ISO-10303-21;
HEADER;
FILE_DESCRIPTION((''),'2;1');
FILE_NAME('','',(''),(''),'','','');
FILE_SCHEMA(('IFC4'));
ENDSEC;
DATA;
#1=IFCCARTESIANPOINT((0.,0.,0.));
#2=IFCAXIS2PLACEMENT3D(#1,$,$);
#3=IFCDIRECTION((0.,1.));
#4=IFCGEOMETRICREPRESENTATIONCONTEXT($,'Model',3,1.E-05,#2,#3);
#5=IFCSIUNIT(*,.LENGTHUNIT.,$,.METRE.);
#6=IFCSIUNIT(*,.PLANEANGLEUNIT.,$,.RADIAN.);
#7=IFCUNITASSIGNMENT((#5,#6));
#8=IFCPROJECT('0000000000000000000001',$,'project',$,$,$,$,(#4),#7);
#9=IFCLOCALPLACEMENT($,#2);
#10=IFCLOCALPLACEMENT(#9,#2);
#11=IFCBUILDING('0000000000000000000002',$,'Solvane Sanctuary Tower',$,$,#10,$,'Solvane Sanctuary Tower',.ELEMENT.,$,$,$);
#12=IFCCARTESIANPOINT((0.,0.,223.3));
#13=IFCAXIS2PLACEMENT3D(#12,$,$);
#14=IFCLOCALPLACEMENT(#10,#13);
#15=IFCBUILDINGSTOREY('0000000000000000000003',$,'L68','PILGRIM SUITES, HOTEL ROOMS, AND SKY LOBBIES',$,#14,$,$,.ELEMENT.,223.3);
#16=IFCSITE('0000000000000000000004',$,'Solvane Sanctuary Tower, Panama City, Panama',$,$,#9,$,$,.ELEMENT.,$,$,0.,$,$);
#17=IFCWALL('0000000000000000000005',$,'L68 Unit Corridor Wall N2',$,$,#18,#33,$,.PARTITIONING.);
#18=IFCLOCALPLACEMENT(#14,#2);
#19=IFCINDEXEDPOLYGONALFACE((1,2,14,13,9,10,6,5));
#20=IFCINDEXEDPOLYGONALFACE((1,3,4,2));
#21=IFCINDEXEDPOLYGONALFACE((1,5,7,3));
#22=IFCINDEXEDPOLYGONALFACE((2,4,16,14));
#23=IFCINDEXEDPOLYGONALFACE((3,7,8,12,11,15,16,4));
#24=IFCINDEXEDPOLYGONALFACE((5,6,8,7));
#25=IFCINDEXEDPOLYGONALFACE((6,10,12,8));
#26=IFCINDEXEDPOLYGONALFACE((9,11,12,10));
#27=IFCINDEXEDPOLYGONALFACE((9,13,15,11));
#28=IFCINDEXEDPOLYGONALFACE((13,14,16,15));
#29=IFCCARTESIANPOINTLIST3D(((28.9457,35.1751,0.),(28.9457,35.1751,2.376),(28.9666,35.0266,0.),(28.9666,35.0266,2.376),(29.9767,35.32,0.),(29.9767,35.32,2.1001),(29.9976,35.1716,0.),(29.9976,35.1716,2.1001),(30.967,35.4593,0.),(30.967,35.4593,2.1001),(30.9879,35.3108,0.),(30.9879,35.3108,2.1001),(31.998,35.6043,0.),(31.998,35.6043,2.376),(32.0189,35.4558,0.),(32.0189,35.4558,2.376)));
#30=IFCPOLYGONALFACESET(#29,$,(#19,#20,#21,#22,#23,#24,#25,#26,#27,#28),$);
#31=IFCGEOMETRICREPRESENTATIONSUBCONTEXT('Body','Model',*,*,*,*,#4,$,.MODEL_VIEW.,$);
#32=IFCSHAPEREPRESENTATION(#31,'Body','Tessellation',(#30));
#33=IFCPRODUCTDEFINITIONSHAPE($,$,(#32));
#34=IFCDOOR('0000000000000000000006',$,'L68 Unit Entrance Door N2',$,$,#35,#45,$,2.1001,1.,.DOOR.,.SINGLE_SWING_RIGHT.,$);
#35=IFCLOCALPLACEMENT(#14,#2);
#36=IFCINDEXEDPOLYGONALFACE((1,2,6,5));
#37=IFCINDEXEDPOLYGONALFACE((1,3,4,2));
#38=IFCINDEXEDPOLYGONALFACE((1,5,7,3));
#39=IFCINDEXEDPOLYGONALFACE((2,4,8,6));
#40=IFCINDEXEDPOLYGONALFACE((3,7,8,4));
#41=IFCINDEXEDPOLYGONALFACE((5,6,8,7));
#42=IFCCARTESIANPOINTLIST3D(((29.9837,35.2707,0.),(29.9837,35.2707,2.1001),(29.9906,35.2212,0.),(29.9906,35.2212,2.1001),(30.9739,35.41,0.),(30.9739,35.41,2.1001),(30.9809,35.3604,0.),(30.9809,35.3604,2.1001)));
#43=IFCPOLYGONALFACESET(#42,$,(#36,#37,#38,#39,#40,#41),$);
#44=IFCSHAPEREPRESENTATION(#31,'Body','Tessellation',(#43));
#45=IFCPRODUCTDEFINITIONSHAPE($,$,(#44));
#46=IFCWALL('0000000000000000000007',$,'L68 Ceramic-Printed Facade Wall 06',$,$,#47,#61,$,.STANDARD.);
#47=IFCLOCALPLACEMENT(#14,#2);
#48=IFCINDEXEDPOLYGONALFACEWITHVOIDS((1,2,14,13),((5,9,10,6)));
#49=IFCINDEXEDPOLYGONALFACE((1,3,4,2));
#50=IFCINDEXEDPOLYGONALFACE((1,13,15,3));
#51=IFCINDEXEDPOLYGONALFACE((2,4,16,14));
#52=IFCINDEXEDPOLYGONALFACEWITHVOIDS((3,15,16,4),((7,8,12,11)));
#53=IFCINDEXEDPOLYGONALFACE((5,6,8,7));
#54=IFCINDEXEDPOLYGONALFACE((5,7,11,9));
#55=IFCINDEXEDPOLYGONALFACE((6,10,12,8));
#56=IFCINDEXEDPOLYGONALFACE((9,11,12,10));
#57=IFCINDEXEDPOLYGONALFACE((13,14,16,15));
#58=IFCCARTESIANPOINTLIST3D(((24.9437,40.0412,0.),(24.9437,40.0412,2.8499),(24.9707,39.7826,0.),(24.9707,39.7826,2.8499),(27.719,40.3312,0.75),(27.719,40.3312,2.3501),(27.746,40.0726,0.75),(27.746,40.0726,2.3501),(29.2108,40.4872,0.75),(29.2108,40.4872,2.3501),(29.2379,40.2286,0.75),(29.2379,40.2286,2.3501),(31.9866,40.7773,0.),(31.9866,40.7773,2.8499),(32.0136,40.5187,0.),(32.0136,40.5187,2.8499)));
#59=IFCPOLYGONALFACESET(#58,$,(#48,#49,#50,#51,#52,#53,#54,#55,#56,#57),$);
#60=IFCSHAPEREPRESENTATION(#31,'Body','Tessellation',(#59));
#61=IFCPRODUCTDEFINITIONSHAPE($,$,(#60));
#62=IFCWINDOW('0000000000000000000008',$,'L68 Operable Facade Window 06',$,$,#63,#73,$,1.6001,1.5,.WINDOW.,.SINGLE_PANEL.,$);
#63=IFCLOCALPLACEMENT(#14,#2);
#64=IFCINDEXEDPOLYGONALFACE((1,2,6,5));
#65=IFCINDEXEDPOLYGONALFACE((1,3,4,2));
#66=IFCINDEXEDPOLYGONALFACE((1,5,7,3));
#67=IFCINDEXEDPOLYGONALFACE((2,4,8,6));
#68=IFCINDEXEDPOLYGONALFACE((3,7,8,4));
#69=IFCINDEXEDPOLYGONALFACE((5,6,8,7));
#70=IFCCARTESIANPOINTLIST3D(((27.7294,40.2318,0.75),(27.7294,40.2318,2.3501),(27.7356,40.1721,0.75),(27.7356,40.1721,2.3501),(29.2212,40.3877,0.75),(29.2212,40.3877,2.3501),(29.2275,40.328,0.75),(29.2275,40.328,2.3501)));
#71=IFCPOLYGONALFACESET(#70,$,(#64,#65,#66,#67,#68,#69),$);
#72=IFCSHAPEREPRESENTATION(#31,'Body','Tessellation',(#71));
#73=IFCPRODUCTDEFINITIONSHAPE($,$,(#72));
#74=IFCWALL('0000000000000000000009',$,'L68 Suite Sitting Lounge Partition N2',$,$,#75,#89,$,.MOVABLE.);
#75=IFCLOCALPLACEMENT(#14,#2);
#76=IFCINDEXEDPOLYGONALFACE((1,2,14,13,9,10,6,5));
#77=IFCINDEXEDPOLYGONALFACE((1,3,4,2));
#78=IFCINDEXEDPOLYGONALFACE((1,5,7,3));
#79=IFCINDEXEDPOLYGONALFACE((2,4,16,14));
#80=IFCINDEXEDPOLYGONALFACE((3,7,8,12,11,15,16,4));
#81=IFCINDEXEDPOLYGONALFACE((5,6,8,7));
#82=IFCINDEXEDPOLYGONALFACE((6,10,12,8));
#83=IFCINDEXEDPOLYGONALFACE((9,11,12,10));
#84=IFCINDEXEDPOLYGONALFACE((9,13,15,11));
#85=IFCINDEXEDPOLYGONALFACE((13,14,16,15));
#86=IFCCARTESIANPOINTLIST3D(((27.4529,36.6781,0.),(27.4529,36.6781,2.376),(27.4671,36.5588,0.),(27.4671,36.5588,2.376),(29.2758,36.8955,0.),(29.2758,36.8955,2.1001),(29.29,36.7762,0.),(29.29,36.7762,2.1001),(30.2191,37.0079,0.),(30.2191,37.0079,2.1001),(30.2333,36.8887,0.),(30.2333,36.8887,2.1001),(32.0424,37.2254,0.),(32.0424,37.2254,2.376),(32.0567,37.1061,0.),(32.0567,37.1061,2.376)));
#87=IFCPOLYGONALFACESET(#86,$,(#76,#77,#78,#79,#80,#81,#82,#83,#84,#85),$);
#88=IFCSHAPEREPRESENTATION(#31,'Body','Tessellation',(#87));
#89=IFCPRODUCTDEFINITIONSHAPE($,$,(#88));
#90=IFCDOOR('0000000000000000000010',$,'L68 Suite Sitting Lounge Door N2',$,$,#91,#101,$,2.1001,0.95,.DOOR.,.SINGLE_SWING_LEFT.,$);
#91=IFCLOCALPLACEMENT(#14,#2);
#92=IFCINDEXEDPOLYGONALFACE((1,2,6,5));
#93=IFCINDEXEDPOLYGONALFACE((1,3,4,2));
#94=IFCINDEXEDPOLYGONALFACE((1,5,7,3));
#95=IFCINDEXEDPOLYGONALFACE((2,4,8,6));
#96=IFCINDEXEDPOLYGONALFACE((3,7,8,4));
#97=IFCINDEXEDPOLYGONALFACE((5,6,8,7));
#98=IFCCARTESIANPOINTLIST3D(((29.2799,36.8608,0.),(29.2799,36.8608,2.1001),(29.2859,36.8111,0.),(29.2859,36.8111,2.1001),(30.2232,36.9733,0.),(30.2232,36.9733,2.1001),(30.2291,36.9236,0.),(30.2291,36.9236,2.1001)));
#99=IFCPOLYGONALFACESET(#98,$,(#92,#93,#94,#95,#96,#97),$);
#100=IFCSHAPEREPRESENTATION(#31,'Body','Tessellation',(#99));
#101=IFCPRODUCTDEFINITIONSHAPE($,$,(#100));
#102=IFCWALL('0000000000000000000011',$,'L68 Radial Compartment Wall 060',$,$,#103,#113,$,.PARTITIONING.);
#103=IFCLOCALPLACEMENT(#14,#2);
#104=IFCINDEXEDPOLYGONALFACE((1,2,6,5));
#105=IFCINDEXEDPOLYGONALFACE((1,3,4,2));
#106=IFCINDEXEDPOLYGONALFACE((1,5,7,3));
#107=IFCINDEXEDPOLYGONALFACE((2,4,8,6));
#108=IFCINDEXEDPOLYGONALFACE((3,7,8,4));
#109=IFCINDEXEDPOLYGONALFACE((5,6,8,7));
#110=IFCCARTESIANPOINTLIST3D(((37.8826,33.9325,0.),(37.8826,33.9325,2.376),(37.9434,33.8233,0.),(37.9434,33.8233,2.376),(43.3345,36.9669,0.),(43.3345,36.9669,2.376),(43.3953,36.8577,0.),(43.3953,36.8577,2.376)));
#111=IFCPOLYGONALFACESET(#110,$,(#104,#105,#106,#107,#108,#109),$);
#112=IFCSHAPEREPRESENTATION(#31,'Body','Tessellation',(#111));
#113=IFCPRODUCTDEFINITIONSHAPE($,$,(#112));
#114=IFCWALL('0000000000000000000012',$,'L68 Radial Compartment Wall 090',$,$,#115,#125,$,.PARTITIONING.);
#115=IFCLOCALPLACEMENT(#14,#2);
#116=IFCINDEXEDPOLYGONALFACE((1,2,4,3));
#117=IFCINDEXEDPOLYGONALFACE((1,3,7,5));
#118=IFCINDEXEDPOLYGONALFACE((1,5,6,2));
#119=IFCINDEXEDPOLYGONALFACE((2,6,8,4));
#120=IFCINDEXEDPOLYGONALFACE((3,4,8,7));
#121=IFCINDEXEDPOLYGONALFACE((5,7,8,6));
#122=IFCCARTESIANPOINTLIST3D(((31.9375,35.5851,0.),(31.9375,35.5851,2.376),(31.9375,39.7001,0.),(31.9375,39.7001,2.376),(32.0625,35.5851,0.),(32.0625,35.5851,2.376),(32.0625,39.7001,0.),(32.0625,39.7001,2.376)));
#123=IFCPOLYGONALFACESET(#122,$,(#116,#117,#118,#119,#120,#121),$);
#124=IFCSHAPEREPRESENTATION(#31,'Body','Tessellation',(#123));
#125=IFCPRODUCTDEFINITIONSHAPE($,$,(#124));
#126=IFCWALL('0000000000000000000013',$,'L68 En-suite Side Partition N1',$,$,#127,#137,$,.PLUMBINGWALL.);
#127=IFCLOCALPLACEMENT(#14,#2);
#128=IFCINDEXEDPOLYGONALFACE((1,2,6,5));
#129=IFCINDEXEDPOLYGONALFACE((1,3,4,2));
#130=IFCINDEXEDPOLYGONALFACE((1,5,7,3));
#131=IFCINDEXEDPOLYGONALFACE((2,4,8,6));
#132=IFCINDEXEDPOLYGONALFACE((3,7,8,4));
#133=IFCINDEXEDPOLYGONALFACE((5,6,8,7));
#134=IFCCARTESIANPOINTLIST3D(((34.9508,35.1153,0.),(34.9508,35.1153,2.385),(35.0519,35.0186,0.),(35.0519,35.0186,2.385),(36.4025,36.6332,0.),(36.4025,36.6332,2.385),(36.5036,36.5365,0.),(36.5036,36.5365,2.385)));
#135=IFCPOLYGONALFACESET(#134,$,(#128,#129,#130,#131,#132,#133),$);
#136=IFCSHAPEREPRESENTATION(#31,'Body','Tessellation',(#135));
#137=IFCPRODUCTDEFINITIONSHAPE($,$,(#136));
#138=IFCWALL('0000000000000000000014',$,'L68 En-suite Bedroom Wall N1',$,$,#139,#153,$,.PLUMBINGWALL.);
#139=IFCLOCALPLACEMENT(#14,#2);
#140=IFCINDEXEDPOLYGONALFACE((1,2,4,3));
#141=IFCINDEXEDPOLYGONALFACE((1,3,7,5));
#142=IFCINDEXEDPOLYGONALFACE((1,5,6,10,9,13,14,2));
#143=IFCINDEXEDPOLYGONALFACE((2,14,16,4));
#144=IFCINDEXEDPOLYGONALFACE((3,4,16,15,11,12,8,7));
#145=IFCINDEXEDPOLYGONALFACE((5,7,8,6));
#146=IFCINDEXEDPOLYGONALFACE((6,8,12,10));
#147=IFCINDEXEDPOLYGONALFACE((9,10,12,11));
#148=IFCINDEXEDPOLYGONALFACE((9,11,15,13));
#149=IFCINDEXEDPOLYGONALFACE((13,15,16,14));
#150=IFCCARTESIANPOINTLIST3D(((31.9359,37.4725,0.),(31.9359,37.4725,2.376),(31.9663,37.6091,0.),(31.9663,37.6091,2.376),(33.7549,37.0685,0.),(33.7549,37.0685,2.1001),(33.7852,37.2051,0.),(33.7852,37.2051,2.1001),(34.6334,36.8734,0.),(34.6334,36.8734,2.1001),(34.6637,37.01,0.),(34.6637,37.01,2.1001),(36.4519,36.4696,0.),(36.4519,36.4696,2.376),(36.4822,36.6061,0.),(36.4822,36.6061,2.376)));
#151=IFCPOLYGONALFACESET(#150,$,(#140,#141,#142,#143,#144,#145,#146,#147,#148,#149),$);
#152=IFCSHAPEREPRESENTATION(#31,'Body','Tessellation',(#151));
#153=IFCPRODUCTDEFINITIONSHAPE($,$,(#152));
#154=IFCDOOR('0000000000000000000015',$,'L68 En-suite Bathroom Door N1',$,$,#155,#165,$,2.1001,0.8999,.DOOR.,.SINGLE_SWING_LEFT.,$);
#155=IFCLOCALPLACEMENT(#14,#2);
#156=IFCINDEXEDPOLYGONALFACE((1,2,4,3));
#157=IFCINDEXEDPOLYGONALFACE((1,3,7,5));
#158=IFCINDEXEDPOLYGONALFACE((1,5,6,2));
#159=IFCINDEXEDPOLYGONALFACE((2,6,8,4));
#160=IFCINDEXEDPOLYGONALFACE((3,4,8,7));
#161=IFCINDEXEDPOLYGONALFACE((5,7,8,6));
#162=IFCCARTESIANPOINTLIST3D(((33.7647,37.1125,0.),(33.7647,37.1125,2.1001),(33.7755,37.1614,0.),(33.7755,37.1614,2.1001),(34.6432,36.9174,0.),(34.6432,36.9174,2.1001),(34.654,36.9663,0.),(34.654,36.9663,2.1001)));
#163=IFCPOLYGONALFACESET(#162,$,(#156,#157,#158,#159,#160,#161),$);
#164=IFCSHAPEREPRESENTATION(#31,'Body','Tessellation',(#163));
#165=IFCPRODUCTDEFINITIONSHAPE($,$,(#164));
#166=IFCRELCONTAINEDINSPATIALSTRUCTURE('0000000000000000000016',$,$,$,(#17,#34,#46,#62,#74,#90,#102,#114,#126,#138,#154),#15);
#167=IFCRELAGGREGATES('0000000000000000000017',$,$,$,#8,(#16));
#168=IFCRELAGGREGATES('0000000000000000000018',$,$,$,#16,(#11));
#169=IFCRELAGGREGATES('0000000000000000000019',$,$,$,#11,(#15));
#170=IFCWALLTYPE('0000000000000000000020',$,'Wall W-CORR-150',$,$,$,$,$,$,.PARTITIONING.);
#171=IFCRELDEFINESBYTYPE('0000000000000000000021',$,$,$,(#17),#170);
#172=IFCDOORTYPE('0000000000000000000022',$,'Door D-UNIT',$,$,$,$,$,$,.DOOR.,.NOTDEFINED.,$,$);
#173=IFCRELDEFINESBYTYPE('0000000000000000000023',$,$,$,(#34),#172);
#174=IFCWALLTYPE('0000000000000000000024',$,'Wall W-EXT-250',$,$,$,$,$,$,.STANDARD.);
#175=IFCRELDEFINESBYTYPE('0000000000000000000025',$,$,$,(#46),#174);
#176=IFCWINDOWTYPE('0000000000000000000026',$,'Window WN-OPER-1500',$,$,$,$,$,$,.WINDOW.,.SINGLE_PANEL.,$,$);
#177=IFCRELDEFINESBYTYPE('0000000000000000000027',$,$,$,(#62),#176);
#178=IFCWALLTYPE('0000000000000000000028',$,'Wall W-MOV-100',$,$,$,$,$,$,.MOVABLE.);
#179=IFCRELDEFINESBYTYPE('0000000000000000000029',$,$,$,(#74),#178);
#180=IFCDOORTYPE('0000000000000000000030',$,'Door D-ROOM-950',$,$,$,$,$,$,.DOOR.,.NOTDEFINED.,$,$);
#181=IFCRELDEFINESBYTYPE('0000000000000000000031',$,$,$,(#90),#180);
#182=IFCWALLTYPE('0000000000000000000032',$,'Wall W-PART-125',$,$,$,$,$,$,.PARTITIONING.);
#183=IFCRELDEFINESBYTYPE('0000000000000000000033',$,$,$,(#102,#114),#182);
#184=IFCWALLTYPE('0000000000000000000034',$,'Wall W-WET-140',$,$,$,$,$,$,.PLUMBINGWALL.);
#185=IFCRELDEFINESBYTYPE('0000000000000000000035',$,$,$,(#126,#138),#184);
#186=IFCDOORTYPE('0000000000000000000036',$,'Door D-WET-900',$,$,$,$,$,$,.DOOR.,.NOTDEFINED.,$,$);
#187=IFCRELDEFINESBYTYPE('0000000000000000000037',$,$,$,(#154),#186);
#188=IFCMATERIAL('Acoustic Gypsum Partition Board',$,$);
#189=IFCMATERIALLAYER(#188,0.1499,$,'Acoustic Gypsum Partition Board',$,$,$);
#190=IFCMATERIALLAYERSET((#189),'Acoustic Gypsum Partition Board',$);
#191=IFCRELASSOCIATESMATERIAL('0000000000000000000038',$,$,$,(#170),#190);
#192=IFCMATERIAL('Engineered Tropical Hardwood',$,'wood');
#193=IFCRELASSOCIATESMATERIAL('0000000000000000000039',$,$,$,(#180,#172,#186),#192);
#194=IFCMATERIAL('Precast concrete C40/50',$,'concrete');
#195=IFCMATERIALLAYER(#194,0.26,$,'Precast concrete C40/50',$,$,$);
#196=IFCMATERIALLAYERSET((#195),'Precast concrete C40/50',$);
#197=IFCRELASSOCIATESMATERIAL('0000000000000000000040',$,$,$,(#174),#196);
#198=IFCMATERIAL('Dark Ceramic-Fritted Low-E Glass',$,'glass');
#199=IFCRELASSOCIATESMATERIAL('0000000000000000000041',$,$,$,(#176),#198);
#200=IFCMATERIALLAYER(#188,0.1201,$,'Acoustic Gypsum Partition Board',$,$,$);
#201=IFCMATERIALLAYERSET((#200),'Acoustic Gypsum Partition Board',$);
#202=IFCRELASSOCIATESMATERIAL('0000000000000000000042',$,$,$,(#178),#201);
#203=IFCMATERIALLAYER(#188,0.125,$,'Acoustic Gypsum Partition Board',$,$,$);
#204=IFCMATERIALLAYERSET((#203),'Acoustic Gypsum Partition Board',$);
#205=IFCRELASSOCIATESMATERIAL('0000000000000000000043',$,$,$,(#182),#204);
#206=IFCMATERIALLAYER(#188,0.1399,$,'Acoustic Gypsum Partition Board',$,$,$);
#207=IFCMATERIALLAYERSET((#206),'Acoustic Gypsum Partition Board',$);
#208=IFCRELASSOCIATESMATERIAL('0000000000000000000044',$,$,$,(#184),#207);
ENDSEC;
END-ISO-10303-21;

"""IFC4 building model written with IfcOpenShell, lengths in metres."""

from ifc_helpers import new_model, si_unit, direction, frame, frame_2d, origin, place, context, subcontext, project, spatial, rectangle, extrude, material, layer, layer_set, type_object, element, fill, save


model = new_model("IFC4")

# Units and contexts
model_context = context("Model", 3, precision=1e-05, world=origin(), true_north=direction((0.0, 1.0)))
body_context = subcontext(model_context, "Body", "Model", "MODEL_VIEW")
ifc_project = project(units=[si_unit("LENGTHUNIT", "METRE"), si_unit("PLANEANGLEUNIT", "RADIAN")], contexts=[model_context])

# Site, building, storey
site_placement = place(None, origin())
site = spatial("IfcSite", under=ifc_project, at=site_placement, Name="Solvane Sanctuary Tower, Panama City, Panama", CompositionType="ELEMENT", RefElevation=0.0)
building_placement = place(site_placement, origin())
building = spatial("IfcBuilding", under=site, at=building_placement, Name="Solvane Sanctuary Tower", LongName="Solvane Sanctuary Tower", CompositionType="ELEMENT")
storey_placement = place(building_placement, frame((0.0, 0.0, 223.3)))
storey = spatial("IfcBuildingStorey", under=building, at=storey_placement, Name="L68", Description="PILGRIM SUITES, HOTEL ROOMS, AND SKY LOBBIES", CompositionType="ELEMENT", Elevation=223.3)

# Shared definitions
ifc_material_1 = material(Name="Acoustic Gypsum Partition Board")
ifc_layer_1 = layer(ifc_material_1, 0.1499, Name="Acoustic Gypsum Partition Board")
ifc_layer_set_1 = layer_set([ifc_layer_1], Name="Acoustic Gypsum Partition Board")
wall_type_1 = type_object("IfcWallType", Name="Wall W-CORR-150", PredefinedType="PARTITIONING", material=ifc_layer_set_1)

# Shared definitions
ifc_material_2 = material(Name="Engineered Tropical Hardwood", Category="wood")
door_type_1 = type_object("IfcDoorType", Name="Door D-ROOM-950", OperationType="NOTDEFINED", PredefinedType="DOOR", material=ifc_material_2)

# Wall, opening, door
door_type_2 = type_object("IfcDoorType", Name="Door D-UNIT", OperationType="NOTDEFINED", PredefinedType="DOOR", material=ifc_material_2)
wall_1_placement = place(storey_placement, frame((32.0083, 35.53, 0.0), z_axis=(0.0, 0.0, 1.0), x_axis=(-0.990258, -0.139248, 0.0)))
wall_1 = element("IfcWall", 1, at=wall_1_placement, inside=storey, type_object=wall_type_1, Name="L68 Unit Corridor Wall N2", PredefinedType="PARTITIONING", context=body_context, shape_type="SweptSolid", body=[
    extrude(rectangle(XDim=3.0823, YDim=0.1499, at=frame_2d((1.541, 0.0))), origin(), (0.0, 0.0, 1.0), 2.376),
])
opening_1_placement = place(wall_1_placement, frame((1.041, 0.0, 0.0)))
opening_1 = element("IfcOpeningElement", 2, at=opening_1_placement, cuts=wall_1, PredefinedType="OPENING", context=body_context, shape_type="SweptSolid", body=[
    extrude(rectangle(XDim=1.0, YDim=2.1001, at=frame_2d((0.5, 1.05))), frame((0.0, 0.085, 0.0), z_axis=(0.0, -1.0, 0.0), x_axis=(1.0, 0.0, 0.0)), (0.0, 0.0, 1.0), 0.1699),
])
door_1_placement = place(opening_1_placement, origin())
door_1 = element("IfcDoor", 3, at=door_1_placement, inside=storey, type_object=door_type_2, Name="L68 Unit Entrance Door N2", OperationType="SINGLE_SWING_RIGHT", OverallHeight=2.1001, OverallWidth=1.0, PredefinedType="DOOR", context=body_context, shape_type="SweptSolid", body=[
    extrude(rectangle(XDim=1.0, YDim=2.1001, at=frame_2d((0.5, 1.05))), frame((0.0, 0.0249, 0.0), z_axis=(0.0, -1.0, 0.0), x_axis=(1.0, 0.0, 0.0)), (0.0, 0.0, 1.0), 0.05),
])
fill(opening_1, door_1)

# Wall, opening, window
ifc_material_3 = material(Name="Precast concrete C40/50", Category="concrete")
ifc_layer_2 = layer(ifc_material_3, 0.26, Name="Precast concrete C40/50")
ifc_layer_set_2 = layer_set([ifc_layer_2], Name="Precast concrete C40/50")
wall_type_2 = type_object("IfcWallType", Name="Wall W-EXT-250", PredefinedType="STANDARD", material=ifc_layer_set_2)
wall_2_placement = place(storey_placement, frame((32.0, 40.6479, 0.0), z_axis=(0.0, 0.0, 1.0), x_axis=(-0.994583, -0.103947, 0.0)))
wall_2 = element("IfcWall", 4, at=wall_2_placement, inside=storey, type_object=wall_type_2, Name="L68 Ceramic-Printed Facade Wall 06", PredefinedType="STANDARD", context=body_context, shape_type="SweptSolid", body=[
    extrude(rectangle(XDim=7.0813, YDim=0.26, at=frame_2d((3.5405, 0.0))), origin(), (0.0, 0.0, 1.0), 2.8499),
])
opening_2_placement = place(wall_2_placement, frame((2.7908, 0.0, 0.75)))
opening_2 = element("IfcOpeningElement", 5, at=opening_2_placement, cuts=wall_2, PredefinedType="OPENING", context=body_context, shape_type="SweptSolid", body=[
    extrude(rectangle(XDim=1.5, YDim=1.6001, at=frame_2d((0.75, 0.8))), frame((0.0, 0.1399, 0.0), z_axis=(0.0, -1.0, 0.0), x_axis=(1.0, 0.0, 0.0)), (0.0, 0.0, 1.0), 0.28),
])
ifc_material_4 = material(Name="Dark Ceramic-Fritted Low-E Glass", Category="glass")
window_type = type_object("IfcWindowType", Name="Window WN-OPER-1500", PartitioningType="SINGLE_PANEL", PredefinedType="WINDOW", material=ifc_material_4)
window_placement = place(opening_2_placement, origin())
window = element("IfcWindow", 6, at=window_placement, inside=storey, type_object=window_type, Name="L68 Operable Facade Window 06", OverallHeight=1.6001, OverallWidth=1.5, PartitioningType="SINGLE_PANEL", PredefinedType="WINDOW", context=body_context, shape_type="SweptSolid", body=[
    extrude(rectangle(XDim=1.5, YDim=1.6001, at=frame_2d((0.75, 0.8))), frame((0.0, 0.03, 0.0), z_axis=(0.0, -1.0, 0.0), x_axis=(1.0, 0.0, 0.0)), (0.0, 0.0, 1.0), 0.0601),
])
fill(opening_2, window)

# Wall, opening, door
ifc_layer_3 = layer(ifc_material_1, 0.1201, Name="Acoustic Gypsum Partition Board")
ifc_layer_set_3 = layer_set([ifc_layer_3], Name="Acoustic Gypsum Partition Board")
wall_type_3 = type_object("IfcWallType", Name="Wall W-MOV-100", PredefinedType="MOVABLE", material=ifc_layer_set_3)
wall_3_placement = place(storey_placement, frame((32.0496, 37.1658, 0.0), z_axis=(0.0, 0.0, 1.0), x_axis=(-0.992963, -0.118422, 0.0)))
wall_3 = element("IfcWall", 7, at=wall_3_placement, inside=storey, type_object=wall_type_3, Name="L68 Suite Sitting Lounge Partition N2", PredefinedType="MOVABLE", context=body_context, shape_type="SweptSolid", body=[
    extrude(rectangle(XDim=4.6221, YDim=0.1201, at=frame_2d((2.311, 0.0))), origin(), (0.0, 0.0, 1.0), 2.376),
])
opening_3_placement = place(wall_3_placement, frame((1.8362, 0.0, 0.0)))
opening_3 = element("IfcOpeningElement", 8, at=opening_3_placement, cuts=wall_3, PredefinedType="OPENING", context=body_context, shape_type="SweptSolid", body=[
    extrude(rectangle(XDim=0.95, YDim=2.1001, at=frame_2d((0.4751, 1.05))), frame((0.0, 0.0701, 0.0), z_axis=(0.0, -1.0, 0.0), x_axis=(1.0, 0.0, 0.0)), (0.0, 0.0, 1.0), 0.1401),
])
door_2_placement = place(opening_3_placement, origin())
door_2 = element("IfcDoor", 9, at=door_2_placement, inside=storey, type_object=door_type_1, Name="L68 Suite Sitting Lounge Door N2", OperationType="SINGLE_SWING_LEFT", OverallHeight=2.1001, OverallWidth=0.95, PredefinedType="DOOR", context=body_context, shape_type="SweptSolid", body=[
    extrude(rectangle(XDim=0.95, YDim=2.1001, at=frame_2d((0.4751, 1.05))), frame((0.0, 0.0249, 0.0), z_axis=(0.0, -1.0, 0.0), x_axis=(1.0, 0.0, 0.0)), (0.0, 0.0, 1.0), 0.05),
])
fill(opening_3, door_2)

# Walls
ifc_layer_4 = layer(ifc_material_1, 0.125, Name="Acoustic Gypsum Partition Board")
ifc_layer_set_4 = layer_set([ifc_layer_4], Name="Acoustic Gypsum Partition Board")
wall_type_4 = type_object("IfcWallType", Name="Wall W-PART-125", PredefinedType="PARTITIONING", material=ifc_layer_set_4)
wall_4_placement = place(storey_placement, frame((37.9131, 33.8779, 0.0), z_axis=(0.0, 0.0, 1.0), x_axis=(0.873777, 0.486327, 0.0)))
element("IfcWall", 10, at=wall_4_placement, inside=storey, type_object=wall_type_4, Name="L68 Radial Compartment Wall 060", PredefinedType="PARTITIONING", context=body_context, shape_type="SweptSolid", body=[
    extrude(rectangle(XDim=6.2395, YDim=0.125, at=frame_2d((3.1196, 0.0))), origin(), (0.0, 0.0, 1.0), 2.376),
])
wall_5_placement = place(storey_placement, frame((32.0, 35.585, 0.0), z_axis=(0.0, 0.0, 1.0), x_axis=(0.0, 1.0, 0.0)))
element("IfcWall", 11, at=wall_5_placement, inside=storey, type_object=wall_type_4, Name="L68 Radial Compartment Wall 090", PredefinedType="PARTITIONING", context=body_context, shape_type="SweptSolid", body=[
    extrude(rectangle(XDim=4.115, YDim=0.125, at=frame_2d((2.0576, 0.0))), origin(), (0.0, 0.0, 1.0), 2.376),
])
ifc_layer_5 = layer(ifc_material_1, 0.1399, Name="Acoustic Gypsum Partition Board")
ifc_layer_set_5 = layer_set([ifc_layer_5], Name="Acoustic Gypsum Partition Board")
wall_type_5 = type_object("IfcWallType", Name="Wall W-WET-140", PredefinedType="PLUMBINGWALL", material=ifc_layer_set_5)
wall_6_placement = place(storey_placement, frame((35.0012, 35.0669, 0.0), z_axis=(0.0, 0.0, 1.0), x_axis=(0.69118, 0.722682, 0.0)))
element("IfcWall", 12, at=wall_6_placement, inside=storey, type_object=wall_type_5, Name="L68 En-suite Side Partition N1", PredefinedType="PLUMBINGWALL", context=body_context, shape_type="SweptSolid", body=[
    extrude(rectangle(XDim=2.1003, YDim=0.1399, at=frame_2d((1.0503, 0.0))), origin(), (0.0, 0.0, 1.0), 2.385),
])

# Wall, opening, door
wall_7_placement = place(storey_placement, frame((36.467, 36.5378, 0.0), z_axis=(0.0, 0.0, 1.0), x_axis=(-0.976214, 0.216808, 0.0)))
wall_7 = element("IfcWall", 13, at=wall_7_placement, inside=storey, type_object=wall_type_5, Name="L68 En-suite Bedroom Wall N1", PredefinedType="PLUMBINGWALL", context=body_context, shape_type="SweptSolid", body=[
    extrude(rectangle(XDim=4.626, YDim=0.1399, at=frame_2d((2.313, 0.0))), origin(), (0.0, 0.0, 1.0), 2.376),
])
opening_4_placement = place(wall_7_placement, frame((1.8628, 0.0, 0.0)))
opening_4 = element("IfcOpeningElement", 14, at=opening_4_placement, cuts=wall_7, PredefinedType="OPENING", context=body_context, shape_type="SweptSolid", body=[
    extrude(rectangle(XDim=0.8999, YDim=2.1001, at=frame_2d((0.45, 1.05))), frame((0.0, 0.0798, 0.0), z_axis=(0.0, -1.0, 0.0), x_axis=(1.0, 0.0, 0.0)), (0.0, 0.0, 1.0), 0.1599),
])
door_type_3 = type_object("IfcDoorType", Name="Door D-WET-900", OperationType="NOTDEFINED", PredefinedType="DOOR", material=ifc_material_2)
door_3_placement = place(opening_4_placement, origin())
door_3 = element("IfcDoor", 15, at=door_3_placement, inside=storey, type_object=door_type_3, Name="L68 En-suite Bathroom Door N1", OperationType="SINGLE_SWING_LEFT", OverallHeight=2.1001, OverallWidth=0.8999, PredefinedType="DOOR", context=body_context, shape_type="SweptSolid", body=[
    extrude(rectangle(XDim=0.8999, YDim=2.1001, at=frame_2d((0.45, 1.05))), frame((0.0, 0.0249, 0.0), z_axis=(0.0, -1.0, 0.0), x_axis=(1.0, 0.0, 0.0)), (0.0, 0.0, 1.0), 0.05),
])
fill(opening_4, door_3)

save(model, "model.ifc")
